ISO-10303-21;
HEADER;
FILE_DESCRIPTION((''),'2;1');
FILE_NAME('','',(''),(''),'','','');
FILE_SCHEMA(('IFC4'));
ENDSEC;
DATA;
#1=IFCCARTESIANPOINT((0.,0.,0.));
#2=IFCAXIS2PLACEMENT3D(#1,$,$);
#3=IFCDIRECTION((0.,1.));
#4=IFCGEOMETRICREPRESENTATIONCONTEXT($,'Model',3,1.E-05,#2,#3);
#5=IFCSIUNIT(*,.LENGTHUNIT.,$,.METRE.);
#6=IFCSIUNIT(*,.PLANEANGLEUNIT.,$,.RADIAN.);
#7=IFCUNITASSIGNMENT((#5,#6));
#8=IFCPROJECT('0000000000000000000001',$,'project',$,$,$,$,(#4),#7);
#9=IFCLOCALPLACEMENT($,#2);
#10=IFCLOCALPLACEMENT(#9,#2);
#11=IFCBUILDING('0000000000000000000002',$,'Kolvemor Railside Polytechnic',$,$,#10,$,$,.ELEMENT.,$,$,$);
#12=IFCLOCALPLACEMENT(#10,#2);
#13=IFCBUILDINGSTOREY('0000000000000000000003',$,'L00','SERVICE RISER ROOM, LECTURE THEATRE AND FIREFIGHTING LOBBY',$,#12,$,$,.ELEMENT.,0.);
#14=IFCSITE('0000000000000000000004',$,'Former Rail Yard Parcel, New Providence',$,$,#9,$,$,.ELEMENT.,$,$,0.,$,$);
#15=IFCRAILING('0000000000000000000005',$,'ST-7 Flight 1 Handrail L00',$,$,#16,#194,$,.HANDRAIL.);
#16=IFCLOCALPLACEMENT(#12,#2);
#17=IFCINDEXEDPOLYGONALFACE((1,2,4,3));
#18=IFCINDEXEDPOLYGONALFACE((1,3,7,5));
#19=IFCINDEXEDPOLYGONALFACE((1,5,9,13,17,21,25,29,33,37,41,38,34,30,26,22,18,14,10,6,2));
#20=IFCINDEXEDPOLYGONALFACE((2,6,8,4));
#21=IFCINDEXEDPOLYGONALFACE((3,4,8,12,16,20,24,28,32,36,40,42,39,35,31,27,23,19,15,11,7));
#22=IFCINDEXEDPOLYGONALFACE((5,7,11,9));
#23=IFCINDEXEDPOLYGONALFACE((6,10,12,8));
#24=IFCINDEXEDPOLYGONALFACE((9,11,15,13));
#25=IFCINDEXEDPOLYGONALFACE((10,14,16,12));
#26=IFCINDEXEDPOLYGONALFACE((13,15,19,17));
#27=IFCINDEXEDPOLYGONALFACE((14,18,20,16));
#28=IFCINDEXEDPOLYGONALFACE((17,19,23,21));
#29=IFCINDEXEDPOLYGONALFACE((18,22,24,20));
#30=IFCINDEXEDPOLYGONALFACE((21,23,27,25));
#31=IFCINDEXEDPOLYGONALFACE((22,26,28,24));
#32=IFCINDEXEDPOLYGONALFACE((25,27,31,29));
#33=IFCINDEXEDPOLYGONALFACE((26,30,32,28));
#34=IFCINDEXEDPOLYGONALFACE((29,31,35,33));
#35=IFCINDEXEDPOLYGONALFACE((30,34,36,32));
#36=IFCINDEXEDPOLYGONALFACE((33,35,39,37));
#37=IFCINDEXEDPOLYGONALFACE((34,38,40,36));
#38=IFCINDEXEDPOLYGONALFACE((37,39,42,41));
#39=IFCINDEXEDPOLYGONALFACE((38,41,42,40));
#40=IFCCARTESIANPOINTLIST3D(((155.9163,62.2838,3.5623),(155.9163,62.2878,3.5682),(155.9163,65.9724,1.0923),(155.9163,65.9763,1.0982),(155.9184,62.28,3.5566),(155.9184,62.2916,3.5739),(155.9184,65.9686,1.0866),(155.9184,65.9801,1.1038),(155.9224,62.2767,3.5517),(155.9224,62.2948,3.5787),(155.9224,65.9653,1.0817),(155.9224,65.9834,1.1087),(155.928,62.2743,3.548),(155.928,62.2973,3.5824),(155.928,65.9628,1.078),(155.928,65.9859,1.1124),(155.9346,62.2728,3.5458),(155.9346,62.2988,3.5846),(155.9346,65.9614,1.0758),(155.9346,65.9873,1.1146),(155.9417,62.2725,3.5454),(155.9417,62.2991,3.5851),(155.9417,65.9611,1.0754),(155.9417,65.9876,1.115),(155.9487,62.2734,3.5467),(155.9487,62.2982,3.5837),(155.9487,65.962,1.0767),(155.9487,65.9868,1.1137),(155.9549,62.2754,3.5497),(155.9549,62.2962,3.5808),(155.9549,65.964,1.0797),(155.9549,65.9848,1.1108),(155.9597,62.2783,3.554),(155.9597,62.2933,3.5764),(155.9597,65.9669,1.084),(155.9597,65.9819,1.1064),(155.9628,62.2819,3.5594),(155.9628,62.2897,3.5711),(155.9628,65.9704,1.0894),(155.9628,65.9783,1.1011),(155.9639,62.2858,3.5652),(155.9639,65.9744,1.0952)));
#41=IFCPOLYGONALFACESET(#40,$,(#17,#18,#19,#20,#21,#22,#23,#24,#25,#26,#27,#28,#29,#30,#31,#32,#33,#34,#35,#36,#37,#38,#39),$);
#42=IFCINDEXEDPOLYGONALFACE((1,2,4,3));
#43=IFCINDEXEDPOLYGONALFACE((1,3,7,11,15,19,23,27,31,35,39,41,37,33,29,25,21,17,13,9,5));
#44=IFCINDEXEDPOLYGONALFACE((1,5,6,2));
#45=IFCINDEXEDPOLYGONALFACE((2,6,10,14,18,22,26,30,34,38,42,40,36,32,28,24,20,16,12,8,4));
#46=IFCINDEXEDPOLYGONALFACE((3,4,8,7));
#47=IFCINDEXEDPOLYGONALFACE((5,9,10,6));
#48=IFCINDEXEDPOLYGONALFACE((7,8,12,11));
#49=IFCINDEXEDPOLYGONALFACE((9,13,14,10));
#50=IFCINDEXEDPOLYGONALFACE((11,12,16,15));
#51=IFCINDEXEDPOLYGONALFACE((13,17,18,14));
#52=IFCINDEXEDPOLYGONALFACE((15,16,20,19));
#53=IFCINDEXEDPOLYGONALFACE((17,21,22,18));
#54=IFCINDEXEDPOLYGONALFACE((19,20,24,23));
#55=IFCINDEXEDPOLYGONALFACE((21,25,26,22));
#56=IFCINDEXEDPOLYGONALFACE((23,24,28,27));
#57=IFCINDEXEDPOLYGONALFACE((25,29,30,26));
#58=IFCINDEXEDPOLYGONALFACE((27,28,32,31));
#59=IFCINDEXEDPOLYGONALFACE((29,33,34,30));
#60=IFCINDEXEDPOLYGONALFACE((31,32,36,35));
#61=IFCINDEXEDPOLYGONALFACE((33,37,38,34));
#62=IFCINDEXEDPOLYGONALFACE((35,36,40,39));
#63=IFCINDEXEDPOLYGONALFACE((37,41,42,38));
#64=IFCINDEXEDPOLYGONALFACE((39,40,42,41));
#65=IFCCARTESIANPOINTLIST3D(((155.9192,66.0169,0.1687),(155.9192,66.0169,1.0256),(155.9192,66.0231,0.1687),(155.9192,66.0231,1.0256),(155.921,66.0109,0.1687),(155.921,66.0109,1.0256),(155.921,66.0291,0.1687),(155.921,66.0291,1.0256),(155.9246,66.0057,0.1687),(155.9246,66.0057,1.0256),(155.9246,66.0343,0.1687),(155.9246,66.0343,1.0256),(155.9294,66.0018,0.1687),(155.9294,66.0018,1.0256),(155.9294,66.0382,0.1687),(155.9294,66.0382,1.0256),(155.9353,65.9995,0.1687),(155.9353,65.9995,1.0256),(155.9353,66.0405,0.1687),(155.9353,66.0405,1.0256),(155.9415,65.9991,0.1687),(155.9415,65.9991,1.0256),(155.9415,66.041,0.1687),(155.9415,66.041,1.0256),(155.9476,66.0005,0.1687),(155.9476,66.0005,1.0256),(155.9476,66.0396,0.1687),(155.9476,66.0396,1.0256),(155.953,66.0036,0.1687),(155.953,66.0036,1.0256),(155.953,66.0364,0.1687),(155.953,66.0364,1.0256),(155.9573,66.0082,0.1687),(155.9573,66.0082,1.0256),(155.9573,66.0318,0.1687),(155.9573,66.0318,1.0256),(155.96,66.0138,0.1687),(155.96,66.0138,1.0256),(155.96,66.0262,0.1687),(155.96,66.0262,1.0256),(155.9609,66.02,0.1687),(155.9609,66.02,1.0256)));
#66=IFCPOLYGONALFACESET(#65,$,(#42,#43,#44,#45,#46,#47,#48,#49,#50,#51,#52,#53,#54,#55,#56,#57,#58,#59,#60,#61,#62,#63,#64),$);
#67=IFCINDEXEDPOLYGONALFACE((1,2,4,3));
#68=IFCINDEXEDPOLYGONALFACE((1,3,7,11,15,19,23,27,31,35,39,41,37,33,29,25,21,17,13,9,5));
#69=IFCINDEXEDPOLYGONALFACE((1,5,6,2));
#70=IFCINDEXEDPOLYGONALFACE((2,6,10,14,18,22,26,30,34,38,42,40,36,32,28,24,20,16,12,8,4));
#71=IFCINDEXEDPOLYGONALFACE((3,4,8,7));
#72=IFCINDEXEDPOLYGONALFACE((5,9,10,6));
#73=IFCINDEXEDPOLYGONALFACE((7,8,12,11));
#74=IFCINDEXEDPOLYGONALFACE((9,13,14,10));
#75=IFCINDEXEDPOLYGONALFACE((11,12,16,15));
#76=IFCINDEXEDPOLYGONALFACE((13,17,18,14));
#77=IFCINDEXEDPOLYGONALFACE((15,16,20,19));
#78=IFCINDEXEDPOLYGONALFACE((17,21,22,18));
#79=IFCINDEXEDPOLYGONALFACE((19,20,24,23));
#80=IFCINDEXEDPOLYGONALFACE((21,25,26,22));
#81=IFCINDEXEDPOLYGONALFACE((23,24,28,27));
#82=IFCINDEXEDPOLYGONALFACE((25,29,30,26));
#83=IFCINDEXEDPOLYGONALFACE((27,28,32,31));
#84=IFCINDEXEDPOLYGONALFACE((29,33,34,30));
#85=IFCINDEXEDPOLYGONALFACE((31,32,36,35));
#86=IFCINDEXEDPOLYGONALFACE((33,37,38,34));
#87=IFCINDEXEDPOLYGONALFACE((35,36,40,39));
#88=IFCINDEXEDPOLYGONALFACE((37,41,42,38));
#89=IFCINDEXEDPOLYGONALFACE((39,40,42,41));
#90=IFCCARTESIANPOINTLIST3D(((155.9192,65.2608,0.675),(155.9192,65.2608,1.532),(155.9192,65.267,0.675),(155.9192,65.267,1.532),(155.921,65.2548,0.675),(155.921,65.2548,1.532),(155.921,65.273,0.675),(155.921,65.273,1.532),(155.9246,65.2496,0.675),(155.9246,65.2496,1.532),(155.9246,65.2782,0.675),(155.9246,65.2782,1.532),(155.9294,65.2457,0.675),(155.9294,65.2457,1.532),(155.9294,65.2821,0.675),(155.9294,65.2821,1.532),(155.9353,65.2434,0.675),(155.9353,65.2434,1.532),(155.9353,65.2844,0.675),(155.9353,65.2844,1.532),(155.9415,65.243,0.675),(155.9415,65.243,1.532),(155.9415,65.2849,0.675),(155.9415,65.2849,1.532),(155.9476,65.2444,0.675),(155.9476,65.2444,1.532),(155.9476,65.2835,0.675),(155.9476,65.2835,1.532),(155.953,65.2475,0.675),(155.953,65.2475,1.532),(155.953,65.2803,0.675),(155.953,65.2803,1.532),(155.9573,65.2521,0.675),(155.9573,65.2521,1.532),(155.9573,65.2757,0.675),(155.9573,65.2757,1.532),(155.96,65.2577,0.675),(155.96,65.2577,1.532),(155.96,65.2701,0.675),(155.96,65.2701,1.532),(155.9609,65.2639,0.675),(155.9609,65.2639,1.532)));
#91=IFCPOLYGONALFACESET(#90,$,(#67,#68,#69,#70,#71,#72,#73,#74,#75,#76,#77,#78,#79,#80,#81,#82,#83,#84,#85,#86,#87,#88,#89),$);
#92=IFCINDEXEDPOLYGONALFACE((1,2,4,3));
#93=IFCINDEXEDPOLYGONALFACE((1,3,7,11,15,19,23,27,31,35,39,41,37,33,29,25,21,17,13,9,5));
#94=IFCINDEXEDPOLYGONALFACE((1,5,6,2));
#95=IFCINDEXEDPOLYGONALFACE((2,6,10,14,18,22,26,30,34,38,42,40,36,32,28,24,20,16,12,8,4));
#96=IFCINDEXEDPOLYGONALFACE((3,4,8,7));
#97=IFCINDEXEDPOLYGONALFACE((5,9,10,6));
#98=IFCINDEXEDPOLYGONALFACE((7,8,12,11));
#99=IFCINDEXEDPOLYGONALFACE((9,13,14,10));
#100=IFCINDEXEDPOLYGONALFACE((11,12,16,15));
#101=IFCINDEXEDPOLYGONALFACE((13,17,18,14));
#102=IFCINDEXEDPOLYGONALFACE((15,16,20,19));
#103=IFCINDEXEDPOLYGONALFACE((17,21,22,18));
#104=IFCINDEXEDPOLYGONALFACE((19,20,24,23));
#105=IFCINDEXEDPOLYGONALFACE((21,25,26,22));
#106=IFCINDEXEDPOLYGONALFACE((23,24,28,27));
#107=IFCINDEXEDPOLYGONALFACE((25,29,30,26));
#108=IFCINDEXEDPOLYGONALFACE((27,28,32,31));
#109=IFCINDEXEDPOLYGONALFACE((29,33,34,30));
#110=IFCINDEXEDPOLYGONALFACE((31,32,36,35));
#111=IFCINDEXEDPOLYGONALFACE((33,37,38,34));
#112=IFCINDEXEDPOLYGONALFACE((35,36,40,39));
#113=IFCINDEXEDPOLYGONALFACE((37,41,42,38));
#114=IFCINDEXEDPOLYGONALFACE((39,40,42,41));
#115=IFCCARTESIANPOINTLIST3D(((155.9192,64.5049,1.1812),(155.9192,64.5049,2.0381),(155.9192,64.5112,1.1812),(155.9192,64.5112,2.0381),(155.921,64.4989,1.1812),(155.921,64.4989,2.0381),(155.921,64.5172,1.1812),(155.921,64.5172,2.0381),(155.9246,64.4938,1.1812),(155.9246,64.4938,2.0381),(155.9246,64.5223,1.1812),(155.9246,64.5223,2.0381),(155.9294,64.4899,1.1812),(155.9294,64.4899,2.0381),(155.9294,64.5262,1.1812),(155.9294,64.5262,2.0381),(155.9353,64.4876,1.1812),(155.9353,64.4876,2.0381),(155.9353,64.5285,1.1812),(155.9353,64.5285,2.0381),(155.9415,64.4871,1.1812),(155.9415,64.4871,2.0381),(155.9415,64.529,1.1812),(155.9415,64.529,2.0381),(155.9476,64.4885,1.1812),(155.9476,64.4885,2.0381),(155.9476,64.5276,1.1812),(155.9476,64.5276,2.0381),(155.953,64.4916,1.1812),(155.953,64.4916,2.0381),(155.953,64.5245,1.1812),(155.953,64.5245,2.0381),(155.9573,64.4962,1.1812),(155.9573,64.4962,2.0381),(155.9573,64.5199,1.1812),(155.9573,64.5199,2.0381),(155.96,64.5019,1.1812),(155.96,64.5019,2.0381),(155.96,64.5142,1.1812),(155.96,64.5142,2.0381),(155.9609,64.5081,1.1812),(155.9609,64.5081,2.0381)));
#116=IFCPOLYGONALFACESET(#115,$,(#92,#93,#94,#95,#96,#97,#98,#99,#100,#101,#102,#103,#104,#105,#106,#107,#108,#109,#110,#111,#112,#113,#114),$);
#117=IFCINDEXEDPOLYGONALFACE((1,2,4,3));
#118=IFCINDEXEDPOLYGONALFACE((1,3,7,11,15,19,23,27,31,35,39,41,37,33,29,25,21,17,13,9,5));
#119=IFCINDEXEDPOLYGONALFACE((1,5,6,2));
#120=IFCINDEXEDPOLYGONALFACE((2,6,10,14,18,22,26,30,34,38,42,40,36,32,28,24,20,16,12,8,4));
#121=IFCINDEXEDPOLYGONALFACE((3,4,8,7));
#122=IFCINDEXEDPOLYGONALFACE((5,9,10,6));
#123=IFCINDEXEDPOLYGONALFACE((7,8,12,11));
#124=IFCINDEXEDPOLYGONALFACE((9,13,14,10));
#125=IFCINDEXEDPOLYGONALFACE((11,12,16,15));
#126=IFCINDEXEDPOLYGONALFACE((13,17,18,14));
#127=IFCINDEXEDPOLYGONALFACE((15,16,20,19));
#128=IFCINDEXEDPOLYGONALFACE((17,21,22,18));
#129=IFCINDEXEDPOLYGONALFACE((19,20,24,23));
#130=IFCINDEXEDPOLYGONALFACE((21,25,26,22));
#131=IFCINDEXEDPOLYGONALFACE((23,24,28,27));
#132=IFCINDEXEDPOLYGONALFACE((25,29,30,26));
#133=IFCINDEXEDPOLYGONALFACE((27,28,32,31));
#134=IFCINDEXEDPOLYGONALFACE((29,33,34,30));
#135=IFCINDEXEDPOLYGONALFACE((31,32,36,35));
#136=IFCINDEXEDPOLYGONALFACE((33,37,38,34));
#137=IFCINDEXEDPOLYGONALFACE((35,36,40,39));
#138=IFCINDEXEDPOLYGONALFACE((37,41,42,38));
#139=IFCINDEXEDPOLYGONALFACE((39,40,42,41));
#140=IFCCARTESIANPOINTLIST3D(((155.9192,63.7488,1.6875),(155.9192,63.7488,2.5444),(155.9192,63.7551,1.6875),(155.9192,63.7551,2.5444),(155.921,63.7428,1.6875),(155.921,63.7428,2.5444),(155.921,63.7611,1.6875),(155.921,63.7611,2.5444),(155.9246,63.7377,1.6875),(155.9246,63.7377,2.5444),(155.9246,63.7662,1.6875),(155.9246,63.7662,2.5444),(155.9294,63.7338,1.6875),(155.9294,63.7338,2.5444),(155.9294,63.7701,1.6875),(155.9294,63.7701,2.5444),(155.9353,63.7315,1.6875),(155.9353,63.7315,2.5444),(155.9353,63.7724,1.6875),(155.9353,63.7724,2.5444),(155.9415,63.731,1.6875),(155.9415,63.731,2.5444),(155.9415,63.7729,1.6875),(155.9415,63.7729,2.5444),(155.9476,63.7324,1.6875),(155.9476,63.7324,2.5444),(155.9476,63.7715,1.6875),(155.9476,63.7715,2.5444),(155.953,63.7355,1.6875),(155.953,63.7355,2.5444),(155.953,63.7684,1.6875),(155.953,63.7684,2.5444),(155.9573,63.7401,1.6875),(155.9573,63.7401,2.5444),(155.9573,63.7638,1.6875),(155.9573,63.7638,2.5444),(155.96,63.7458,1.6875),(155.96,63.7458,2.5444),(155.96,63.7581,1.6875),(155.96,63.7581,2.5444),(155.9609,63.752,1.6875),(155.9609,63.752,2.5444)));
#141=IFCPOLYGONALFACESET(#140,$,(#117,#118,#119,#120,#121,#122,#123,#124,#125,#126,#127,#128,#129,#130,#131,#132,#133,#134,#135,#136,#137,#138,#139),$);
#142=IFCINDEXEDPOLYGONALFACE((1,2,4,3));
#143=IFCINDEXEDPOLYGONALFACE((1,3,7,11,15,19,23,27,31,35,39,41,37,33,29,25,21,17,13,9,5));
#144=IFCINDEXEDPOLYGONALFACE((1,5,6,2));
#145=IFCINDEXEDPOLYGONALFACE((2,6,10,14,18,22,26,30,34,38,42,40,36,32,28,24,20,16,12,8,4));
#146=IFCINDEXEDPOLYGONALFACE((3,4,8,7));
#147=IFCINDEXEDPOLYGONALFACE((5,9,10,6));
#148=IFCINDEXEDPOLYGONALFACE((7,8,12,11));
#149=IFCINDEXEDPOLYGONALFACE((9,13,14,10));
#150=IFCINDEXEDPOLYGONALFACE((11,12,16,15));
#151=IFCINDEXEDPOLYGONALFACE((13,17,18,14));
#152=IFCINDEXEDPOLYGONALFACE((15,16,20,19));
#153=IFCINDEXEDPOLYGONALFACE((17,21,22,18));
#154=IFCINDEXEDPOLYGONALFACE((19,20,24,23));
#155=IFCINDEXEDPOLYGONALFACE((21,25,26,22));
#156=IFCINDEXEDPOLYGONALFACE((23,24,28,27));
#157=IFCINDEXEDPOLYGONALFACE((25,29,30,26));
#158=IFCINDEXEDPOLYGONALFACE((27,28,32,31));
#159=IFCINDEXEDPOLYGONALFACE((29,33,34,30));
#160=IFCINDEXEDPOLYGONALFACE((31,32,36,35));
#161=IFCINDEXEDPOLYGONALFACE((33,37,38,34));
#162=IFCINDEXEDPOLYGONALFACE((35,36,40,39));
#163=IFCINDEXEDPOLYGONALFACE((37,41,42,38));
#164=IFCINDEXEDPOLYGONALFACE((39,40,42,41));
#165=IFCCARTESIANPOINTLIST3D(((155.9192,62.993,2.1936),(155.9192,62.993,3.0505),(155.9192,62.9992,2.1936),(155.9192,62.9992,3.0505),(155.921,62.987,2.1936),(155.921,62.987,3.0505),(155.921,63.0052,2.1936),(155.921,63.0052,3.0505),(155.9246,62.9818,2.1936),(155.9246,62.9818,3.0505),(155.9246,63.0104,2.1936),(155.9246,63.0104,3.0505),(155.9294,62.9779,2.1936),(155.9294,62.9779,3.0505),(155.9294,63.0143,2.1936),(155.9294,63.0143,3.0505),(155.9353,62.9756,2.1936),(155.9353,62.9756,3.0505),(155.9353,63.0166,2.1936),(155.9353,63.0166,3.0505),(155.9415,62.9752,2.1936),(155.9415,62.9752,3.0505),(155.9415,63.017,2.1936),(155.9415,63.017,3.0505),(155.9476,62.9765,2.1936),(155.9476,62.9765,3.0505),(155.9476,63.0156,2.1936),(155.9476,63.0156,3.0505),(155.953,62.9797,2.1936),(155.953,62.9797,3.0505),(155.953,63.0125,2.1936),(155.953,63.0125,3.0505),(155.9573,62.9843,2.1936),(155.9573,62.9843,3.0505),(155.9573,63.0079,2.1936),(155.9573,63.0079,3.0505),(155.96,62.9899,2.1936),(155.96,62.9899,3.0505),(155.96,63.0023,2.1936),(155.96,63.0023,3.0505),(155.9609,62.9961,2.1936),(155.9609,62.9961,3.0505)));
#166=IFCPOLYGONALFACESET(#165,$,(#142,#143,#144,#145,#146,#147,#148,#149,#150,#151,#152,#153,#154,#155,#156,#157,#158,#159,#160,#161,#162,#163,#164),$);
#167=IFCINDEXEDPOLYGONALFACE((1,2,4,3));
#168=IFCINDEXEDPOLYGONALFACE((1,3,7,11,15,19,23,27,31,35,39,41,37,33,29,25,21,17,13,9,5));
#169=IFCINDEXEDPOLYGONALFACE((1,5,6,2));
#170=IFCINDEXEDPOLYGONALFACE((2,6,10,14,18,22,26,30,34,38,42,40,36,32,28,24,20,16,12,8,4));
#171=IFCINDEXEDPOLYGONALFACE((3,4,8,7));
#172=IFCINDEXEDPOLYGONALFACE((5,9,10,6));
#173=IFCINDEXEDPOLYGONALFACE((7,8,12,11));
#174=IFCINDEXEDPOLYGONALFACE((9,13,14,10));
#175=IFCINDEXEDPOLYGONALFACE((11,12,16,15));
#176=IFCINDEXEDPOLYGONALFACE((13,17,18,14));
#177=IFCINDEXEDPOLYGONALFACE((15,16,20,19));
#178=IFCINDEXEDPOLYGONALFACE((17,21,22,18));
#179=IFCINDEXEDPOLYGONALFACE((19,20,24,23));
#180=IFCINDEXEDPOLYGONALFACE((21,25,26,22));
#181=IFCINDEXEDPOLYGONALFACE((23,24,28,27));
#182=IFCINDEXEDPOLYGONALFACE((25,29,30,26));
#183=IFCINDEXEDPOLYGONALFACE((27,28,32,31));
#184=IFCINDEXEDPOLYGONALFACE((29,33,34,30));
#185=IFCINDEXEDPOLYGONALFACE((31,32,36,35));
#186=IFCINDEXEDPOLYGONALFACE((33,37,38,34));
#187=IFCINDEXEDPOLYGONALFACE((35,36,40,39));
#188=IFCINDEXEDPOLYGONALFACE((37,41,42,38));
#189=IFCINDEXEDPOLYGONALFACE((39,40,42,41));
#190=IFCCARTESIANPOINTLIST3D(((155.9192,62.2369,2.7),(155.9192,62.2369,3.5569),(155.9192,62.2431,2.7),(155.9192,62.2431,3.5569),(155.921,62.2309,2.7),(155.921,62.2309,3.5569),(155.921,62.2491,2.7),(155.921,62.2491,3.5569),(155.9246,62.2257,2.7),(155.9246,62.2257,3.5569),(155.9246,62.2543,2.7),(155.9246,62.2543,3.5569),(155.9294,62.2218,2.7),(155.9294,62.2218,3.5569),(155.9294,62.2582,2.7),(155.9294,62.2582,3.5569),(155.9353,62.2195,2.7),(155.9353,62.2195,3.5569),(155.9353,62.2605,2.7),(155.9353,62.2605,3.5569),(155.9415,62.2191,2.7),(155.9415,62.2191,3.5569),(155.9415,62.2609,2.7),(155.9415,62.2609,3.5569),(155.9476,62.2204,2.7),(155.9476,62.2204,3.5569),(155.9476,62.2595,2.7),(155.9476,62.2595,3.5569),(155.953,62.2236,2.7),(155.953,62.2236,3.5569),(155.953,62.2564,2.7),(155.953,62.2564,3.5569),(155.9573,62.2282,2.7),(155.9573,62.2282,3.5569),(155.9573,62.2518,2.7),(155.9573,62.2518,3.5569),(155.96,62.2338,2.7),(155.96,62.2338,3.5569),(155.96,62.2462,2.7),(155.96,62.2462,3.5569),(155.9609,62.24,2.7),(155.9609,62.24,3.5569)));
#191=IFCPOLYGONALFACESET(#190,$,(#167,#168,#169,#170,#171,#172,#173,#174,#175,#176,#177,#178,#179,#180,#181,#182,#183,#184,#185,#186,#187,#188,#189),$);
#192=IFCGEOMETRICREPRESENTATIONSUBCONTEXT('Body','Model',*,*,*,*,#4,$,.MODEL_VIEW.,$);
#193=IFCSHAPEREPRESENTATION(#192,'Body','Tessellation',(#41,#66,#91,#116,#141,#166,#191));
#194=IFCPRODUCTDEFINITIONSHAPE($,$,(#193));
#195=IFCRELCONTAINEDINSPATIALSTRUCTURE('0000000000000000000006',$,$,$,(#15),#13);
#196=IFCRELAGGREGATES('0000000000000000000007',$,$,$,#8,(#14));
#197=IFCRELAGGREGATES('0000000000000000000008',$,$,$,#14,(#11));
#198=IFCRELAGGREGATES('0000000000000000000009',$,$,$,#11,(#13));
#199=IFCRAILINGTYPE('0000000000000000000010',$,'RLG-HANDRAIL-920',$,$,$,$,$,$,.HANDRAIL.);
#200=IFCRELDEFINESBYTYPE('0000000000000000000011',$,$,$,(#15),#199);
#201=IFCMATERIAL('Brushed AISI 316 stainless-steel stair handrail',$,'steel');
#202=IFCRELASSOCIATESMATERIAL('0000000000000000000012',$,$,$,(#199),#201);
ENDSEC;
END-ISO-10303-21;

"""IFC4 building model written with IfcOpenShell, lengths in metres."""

from ifc_helpers import new_model, si_unit, direction, frame, origin, origin_2d, place, context, subcontext, project, spatial, circle, extrude, material, type_object, element, save


model = new_model("IFC4")

# Units and contexts
model_context = context("Model", 3, precision=1e-05, world=origin(), true_north=direction((0.0, 1.0)))
body_context = subcontext(model_context, "Body", "Model", "MODEL_VIEW")
ifc_project = project(units=[si_unit("LENGTHUNIT", "METRE"), si_unit("PLANEANGLEUNIT", "RADIAN")], contexts=[model_context])

# Site, building, storey
site_placement = place(None, origin())
site = spatial("IfcSite", under=ifc_project, at=site_placement, Name="Former Rail Yard Parcel, New Providence", CompositionType="ELEMENT", RefElevation=0.0)
building_placement = place(site_placement, origin())
building = spatial("IfcBuilding", under=site, at=building_placement, Name="Kolvemor Railside Polytechnic", CompositionType="ELEMENT")
storey_placement = place(building_placement, origin())
storey = spatial("IfcBuildingStorey", under=building, at=storey_placement, Name="L00", Description="SERVICE RISER ROOM, LECTURE THEATRE AND FIREFIGHTING LOBBY", CompositionType="ELEMENT", Elevation=0.0)

# Railing
ifc_material_1 = material(Name="Brushed AISI 316 stainless-steel stair handrail", Category="steel")
railing_type_1 = type_object("IfcRailingType", Name="RLG-HANDRAIL-920", PredefinedType="HANDRAIL", material=ifc_material_1)
railing_1_placement = place(storey_placement, frame((155.9399, 66.02, 0.1687)))
element("IfcRailing", 1, at=railing_1_placement, inside=storey, type_object=railing_type_1, Name="ST-7 Flight 1 Handrail L00", PredefinedType="HANDRAIL", context=body_context, shape_type="SweptSolid", body=[
    extrude(circle(Radius=0.0239, at=origin_2d()), frame((0.0, -0.0457, 0.9265), z_axis=(0.0, -0.830909, 0.556408), x_axis=(1.0, 0.0, 0.0)), (0.0, 0.0, 1.0), 4.4392),
    extrude(circle(Radius=0.021, at=origin_2d()), origin(), (0.0, 0.0, 1.0), 0.8569),
    extrude(circle(Radius=0.021, at=origin_2d()), frame((0.0, -0.7561, 0.5063)), (0.0, 0.0, 1.0), 0.8569),
    extrude(circle(Radius=0.021, at=origin_2d()), frame((0.0, -1.512, 1.0125)), (0.0, 0.0, 1.0), 0.8569),
    extrude(circle(Radius=0.021, at=origin_2d()), frame((0.0, -2.2681, 1.5188)), (0.0, 0.0, 1.0), 0.8569),
    extrude(circle(Radius=0.021, at=origin_2d()), frame((0.0, -3.0239, 2.0249)), (0.0, 0.0, 1.0), 0.8569),
    extrude(circle(Radius=0.021, at=origin_2d()), frame((0.0, -3.78, 2.5312)), (0.0, 0.0, 1.0), 0.8569),
])

save(model, "model.ifc")
